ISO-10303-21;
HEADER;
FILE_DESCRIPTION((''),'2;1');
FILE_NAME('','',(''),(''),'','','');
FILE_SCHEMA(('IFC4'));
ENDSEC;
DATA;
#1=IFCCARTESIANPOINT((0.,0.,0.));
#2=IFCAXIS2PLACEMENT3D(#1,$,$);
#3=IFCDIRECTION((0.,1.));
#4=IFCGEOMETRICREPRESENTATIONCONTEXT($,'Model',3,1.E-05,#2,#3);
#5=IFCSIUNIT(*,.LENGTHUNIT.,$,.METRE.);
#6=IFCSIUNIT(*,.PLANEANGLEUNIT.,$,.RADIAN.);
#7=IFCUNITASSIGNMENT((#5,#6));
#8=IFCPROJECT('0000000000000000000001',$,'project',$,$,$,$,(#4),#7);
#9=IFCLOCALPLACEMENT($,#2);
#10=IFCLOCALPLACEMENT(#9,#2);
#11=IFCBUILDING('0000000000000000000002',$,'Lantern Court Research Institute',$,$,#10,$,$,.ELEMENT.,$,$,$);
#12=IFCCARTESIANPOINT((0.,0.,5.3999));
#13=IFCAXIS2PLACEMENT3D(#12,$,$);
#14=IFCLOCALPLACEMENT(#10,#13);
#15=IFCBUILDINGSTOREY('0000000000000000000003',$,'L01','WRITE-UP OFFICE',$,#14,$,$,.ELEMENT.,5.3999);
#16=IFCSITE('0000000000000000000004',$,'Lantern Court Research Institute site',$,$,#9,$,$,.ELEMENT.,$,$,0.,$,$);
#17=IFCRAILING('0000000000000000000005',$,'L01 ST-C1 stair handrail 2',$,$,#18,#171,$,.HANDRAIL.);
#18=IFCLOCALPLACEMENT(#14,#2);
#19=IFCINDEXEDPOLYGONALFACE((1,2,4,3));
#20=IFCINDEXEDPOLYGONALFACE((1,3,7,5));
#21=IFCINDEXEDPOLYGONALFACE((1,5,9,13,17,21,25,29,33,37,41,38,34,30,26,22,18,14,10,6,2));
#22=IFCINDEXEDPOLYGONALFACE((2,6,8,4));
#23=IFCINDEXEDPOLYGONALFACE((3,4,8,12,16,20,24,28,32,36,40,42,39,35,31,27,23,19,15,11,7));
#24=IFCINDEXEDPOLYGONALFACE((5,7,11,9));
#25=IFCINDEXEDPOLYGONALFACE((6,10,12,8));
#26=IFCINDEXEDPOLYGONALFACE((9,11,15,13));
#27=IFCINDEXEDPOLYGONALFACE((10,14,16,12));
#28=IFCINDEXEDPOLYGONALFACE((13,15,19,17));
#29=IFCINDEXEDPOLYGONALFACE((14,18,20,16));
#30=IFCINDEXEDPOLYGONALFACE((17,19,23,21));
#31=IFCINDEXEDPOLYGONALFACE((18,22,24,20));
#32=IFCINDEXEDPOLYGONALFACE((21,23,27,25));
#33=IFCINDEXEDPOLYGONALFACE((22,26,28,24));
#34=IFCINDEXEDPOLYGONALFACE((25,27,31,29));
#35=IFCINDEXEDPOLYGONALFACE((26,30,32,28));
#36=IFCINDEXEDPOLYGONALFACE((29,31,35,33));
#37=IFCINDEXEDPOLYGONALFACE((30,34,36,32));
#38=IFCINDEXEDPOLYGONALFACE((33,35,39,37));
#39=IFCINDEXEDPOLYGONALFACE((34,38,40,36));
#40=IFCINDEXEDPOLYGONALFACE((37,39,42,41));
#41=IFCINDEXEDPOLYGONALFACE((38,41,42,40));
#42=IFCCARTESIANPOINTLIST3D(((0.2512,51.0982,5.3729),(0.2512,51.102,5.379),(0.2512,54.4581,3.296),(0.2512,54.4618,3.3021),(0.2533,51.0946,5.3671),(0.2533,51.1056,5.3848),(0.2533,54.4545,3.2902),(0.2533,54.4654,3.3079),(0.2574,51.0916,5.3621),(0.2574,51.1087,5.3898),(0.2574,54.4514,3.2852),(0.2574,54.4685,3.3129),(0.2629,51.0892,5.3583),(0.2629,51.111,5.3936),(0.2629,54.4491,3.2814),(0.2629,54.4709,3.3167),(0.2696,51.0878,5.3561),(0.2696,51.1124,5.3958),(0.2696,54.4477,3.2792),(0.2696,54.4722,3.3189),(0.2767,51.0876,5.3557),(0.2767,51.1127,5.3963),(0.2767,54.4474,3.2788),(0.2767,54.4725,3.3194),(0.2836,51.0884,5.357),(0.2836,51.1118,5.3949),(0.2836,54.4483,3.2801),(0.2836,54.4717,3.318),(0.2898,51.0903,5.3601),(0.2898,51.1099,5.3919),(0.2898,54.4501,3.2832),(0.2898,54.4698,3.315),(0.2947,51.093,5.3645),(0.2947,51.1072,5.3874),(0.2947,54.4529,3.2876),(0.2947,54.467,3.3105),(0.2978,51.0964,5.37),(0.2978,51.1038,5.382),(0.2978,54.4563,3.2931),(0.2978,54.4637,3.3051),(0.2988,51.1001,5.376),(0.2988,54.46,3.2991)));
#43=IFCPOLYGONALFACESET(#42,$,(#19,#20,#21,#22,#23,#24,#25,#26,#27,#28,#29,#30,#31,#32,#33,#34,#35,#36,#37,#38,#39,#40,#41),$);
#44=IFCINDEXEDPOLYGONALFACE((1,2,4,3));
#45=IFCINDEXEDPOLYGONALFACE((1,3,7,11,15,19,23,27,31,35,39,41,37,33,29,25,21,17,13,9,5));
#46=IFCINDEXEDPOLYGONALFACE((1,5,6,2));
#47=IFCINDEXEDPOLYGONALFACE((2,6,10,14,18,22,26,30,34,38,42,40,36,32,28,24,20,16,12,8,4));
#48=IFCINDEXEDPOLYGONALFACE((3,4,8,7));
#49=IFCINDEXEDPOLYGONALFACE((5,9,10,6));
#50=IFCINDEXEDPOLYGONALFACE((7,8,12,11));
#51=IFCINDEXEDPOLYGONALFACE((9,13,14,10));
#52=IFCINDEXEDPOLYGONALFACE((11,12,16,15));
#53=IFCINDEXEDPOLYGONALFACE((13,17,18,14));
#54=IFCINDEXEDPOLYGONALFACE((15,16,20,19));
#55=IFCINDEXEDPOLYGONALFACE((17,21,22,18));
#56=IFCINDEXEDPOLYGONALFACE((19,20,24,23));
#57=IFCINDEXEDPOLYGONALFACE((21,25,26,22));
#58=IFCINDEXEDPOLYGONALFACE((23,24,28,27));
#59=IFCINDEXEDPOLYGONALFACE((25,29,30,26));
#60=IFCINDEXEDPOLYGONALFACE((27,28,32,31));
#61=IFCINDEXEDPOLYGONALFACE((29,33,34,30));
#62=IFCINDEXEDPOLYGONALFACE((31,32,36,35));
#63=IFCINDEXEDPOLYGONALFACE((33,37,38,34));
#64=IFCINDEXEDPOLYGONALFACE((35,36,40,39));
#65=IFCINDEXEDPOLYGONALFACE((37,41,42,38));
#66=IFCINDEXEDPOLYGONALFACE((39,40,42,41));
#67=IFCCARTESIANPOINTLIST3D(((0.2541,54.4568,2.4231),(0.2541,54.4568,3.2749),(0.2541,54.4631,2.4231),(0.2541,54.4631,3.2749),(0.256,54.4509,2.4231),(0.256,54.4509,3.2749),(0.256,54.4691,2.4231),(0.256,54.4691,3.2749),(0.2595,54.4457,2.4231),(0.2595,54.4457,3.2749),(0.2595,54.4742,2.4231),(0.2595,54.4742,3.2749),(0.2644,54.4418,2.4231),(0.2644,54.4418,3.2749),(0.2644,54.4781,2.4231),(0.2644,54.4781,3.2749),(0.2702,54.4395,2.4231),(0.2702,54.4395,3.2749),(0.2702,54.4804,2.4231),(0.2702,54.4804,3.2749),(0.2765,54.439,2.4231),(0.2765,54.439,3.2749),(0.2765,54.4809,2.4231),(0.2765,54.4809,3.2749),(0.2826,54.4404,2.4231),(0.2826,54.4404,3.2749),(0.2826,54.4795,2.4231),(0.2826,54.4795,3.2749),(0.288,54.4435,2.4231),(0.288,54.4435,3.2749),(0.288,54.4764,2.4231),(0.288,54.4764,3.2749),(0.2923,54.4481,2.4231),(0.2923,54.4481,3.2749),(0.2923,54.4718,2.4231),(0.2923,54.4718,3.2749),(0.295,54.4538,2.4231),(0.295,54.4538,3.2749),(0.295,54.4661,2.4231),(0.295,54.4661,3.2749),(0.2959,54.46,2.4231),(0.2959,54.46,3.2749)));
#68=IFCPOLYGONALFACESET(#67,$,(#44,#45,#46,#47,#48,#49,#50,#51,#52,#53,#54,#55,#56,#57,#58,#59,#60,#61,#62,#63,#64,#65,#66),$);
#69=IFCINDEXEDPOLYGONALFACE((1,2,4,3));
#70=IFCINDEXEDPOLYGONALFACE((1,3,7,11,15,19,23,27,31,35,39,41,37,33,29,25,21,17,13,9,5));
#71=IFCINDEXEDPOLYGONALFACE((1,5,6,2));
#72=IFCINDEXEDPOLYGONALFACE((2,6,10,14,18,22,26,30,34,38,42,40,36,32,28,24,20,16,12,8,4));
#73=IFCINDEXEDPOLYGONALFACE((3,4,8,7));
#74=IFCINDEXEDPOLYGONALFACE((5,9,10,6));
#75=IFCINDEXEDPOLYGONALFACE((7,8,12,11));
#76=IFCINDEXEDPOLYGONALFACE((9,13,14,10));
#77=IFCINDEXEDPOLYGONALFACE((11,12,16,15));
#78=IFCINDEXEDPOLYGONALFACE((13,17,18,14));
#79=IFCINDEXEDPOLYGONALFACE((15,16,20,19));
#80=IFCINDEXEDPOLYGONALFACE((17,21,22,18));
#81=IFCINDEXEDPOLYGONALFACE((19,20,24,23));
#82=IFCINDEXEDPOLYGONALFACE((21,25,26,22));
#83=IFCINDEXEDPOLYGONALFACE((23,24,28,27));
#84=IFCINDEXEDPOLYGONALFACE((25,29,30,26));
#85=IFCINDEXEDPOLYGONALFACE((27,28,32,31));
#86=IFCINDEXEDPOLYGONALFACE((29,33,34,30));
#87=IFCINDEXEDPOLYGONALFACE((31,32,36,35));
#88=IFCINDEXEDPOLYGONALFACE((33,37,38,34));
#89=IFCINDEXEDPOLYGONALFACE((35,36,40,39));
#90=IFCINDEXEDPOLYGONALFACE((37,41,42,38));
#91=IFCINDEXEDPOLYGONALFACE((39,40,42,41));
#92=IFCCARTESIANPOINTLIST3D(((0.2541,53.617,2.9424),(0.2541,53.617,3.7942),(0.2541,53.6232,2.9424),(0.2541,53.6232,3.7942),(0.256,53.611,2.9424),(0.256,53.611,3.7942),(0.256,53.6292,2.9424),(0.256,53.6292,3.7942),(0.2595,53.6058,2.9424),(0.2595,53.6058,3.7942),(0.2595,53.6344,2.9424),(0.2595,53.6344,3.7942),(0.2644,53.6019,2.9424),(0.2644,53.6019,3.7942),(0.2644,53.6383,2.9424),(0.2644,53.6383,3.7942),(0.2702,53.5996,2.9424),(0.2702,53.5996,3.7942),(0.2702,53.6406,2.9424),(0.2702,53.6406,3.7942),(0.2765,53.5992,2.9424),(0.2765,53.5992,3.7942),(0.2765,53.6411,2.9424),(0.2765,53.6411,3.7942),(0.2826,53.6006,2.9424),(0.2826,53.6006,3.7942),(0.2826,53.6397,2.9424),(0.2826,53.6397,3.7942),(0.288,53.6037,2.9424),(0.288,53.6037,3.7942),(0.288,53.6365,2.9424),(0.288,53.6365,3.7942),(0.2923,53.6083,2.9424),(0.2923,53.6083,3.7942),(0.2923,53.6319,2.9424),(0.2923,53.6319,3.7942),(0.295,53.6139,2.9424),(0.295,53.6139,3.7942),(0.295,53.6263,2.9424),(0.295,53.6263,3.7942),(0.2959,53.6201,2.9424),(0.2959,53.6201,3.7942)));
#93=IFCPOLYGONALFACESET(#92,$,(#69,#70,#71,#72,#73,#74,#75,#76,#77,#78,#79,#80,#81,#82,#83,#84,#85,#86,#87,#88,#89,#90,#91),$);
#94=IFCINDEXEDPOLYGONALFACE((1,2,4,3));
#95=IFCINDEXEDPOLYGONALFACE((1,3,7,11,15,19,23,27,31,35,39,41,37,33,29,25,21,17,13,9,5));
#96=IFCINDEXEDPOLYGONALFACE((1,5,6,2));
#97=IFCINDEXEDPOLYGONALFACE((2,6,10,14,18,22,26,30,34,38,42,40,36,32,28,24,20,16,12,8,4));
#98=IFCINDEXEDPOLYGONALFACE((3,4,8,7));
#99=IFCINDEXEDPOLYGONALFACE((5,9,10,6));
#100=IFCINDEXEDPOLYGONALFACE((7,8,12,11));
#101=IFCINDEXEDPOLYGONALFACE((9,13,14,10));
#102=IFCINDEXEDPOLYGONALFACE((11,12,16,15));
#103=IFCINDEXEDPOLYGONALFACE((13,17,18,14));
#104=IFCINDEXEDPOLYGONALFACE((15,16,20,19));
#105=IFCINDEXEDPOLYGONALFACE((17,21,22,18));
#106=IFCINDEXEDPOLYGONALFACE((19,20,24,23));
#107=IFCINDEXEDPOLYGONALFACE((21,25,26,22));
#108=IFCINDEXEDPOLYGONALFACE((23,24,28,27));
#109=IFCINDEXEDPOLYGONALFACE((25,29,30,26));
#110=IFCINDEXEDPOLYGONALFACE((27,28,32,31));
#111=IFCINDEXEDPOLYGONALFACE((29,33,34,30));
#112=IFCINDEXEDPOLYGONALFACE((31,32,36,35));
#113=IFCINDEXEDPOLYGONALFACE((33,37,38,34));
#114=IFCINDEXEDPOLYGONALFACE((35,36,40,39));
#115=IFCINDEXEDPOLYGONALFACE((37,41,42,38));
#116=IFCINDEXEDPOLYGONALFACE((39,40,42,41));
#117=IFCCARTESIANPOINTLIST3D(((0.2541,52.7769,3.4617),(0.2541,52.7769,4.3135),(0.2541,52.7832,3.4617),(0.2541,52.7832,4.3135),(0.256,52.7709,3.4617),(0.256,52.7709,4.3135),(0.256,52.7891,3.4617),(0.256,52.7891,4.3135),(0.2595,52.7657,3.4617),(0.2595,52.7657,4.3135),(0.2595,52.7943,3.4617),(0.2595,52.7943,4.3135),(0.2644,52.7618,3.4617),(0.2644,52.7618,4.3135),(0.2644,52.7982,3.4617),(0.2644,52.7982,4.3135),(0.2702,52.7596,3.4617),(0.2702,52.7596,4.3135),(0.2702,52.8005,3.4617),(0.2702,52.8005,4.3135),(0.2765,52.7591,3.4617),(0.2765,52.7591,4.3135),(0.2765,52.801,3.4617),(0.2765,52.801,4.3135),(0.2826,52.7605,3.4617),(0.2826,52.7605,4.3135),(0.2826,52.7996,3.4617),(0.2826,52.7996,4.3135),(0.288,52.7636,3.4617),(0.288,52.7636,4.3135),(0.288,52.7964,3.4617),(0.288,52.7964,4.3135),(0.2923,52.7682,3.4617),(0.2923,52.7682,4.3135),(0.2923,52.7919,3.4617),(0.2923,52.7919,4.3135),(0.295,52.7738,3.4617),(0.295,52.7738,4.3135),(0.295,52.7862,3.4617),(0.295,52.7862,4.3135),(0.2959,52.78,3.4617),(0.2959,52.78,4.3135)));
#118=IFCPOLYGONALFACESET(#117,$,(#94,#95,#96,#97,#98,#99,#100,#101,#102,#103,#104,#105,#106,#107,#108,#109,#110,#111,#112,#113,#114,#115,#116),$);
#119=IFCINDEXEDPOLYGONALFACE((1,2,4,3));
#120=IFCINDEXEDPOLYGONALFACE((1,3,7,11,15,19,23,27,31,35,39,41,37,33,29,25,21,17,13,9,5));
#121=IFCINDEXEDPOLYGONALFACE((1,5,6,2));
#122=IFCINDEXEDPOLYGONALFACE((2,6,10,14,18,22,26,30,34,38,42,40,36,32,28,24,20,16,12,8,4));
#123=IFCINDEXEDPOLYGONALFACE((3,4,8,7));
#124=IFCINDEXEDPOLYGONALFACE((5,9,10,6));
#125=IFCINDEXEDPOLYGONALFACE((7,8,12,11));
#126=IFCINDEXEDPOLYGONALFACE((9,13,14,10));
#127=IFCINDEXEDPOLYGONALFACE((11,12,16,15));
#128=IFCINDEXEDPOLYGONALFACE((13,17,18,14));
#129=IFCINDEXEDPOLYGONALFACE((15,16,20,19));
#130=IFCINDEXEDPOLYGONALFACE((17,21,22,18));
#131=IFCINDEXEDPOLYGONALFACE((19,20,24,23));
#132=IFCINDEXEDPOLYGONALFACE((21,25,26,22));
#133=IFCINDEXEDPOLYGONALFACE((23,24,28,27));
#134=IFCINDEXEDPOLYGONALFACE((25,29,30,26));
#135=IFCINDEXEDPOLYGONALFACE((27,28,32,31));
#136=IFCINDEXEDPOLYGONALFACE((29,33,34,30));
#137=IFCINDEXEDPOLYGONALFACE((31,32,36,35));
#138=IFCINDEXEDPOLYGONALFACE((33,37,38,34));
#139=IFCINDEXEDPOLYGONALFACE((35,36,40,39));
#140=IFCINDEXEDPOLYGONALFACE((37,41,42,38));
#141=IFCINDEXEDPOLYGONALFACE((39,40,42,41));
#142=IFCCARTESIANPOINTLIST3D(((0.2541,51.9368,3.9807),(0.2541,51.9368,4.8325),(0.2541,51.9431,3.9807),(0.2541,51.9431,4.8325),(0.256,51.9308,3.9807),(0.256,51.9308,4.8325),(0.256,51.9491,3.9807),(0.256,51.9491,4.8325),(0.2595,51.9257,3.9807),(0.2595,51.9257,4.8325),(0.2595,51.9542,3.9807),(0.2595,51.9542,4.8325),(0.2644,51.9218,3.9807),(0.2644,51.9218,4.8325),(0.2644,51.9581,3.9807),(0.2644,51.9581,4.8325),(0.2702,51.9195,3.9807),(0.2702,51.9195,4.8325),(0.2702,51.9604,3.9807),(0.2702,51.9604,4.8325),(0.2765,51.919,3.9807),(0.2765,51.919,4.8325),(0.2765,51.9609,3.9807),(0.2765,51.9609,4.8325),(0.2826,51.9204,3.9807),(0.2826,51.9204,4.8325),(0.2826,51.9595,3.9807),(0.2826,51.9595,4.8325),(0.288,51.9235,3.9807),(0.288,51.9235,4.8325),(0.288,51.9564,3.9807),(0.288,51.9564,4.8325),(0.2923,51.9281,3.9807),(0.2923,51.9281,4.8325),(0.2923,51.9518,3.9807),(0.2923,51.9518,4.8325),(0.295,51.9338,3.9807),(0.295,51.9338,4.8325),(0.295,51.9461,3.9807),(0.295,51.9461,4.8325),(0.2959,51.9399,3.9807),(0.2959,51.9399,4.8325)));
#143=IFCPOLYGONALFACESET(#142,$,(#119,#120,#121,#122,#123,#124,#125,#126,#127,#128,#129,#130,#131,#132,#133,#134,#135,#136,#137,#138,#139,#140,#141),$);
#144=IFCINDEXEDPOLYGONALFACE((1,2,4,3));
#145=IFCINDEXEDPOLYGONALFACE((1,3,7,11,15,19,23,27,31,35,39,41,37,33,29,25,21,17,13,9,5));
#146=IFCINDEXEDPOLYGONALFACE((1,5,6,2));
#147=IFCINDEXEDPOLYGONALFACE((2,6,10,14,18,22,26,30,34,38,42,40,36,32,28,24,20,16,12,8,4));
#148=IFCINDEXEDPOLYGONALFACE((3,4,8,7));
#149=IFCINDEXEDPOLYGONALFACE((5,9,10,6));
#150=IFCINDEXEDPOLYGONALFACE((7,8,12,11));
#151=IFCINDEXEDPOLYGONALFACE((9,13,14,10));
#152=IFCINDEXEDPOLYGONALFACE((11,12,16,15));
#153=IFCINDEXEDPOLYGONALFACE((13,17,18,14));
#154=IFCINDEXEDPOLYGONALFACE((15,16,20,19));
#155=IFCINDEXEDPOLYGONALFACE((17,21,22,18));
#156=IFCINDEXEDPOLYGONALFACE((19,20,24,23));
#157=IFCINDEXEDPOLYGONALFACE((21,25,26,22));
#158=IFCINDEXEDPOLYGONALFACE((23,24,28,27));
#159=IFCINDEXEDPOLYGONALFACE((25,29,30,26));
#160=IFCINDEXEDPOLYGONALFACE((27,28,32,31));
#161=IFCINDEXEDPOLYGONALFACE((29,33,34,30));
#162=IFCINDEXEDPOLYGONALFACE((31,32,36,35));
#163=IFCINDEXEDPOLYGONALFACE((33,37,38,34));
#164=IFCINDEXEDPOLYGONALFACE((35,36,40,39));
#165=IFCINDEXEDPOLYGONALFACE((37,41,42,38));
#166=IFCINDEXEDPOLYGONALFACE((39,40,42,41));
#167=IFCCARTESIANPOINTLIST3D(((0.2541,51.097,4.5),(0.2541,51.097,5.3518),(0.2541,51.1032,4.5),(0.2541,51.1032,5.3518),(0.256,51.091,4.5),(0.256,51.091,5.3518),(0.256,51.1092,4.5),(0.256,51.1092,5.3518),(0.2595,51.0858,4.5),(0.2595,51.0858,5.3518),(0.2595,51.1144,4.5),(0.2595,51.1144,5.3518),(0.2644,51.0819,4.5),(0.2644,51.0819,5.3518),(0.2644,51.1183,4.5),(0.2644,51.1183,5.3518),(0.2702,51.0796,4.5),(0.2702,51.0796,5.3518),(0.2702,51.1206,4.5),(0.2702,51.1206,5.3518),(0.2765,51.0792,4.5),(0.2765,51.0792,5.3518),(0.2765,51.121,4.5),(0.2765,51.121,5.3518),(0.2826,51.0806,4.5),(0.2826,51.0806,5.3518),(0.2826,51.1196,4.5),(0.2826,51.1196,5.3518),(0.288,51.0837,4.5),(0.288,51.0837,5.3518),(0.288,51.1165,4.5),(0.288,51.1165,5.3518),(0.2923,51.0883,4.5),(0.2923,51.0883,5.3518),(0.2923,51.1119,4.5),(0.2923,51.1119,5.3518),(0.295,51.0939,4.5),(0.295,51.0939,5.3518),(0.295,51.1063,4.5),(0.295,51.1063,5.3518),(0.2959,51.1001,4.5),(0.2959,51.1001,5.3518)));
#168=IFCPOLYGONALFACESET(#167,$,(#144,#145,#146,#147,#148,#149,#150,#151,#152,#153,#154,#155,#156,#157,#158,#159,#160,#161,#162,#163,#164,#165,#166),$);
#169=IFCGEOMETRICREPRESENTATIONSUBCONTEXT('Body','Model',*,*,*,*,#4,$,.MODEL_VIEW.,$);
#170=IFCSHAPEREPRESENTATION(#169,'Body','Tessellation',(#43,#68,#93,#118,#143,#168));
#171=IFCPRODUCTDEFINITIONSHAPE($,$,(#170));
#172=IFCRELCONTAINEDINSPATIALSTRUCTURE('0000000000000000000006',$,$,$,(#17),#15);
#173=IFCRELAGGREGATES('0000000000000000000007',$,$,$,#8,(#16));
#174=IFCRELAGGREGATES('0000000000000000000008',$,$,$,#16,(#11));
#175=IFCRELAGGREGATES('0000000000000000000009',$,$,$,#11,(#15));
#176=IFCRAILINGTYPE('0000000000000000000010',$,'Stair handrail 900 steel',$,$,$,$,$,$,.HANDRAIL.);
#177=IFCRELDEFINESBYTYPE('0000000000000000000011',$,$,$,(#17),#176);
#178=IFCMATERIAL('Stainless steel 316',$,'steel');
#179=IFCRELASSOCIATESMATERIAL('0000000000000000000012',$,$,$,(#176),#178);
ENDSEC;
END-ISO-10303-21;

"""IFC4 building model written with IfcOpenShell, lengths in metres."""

from ifc_helpers import new_model, si_unit, direction, frame, origin, origin_2d, place, context, subcontext, project, spatial, circle, extrude, material, type_object, element, save


model = new_model("IFC4")

# Units and contexts
model_context = context("Model", 3, precision=1e-05, world=origin(), true_north=direction((0.0, 1.0)))
body_context = subcontext(model_context, "Body", "Model", "MODEL_VIEW")
ifc_project = project(units=[si_unit("LENGTHUNIT", "METRE"), si_unit("PLANEANGLEUNIT", "RADIAN")], contexts=[model_context])

# Site, building, storey
site_placement = place(None, origin())
site = spatial("IfcSite", under=ifc_project, at=site_placement, Name="Lantern Court Research Institute site", CompositionType="ELEMENT", RefElevation=0.0)
building_placement = place(site_placement, origin())
building = spatial("IfcBuilding", under=site, at=building_placement, Name="Lantern Court Research Institute", CompositionType="ELEMENT")
storey_placement = place(building_placement, frame((0.0, 0.0, 5.3999)))
storey = spatial("IfcBuildingStorey", under=building, at=storey_placement, Name="L01", Description="WRITE-UP OFFICE", CompositionType="ELEMENT", Elevation=5.3999)

# Railing
ifc_material_1 = material(Name="Stainless steel 316", Category="steel")
railing_type_1 = type_object("IfcRailingType", Name="Stair handrail 900 steel", PredefinedType="HANDRAIL", material=ifc_material_1)
railing_1_placement = place(storey_placement, frame((0.2749, 54.46, 2.4231)))
element("IfcRailing", 1, at=railing_1_placement, inside=storey, type_object=railing_type_1, Name="L01 ST-C1 stair handrail 2", PredefinedType="HANDRAIL", context=body_context, shape_type="SweptSolid", body=[
    extrude(circle(Radius=0.0239, at=origin_2d()), frame((0.0, 0.0, 0.876), z_axis=(0.0, -0.850606, 0.525803), x_axis=(1.0, 0.0, 0.0)), (0.0, 0.0, 1.0), 3.95),
    extrude(circle(Radius=0.021, at=origin_2d()), origin(), (0.0, 0.0, 1.0), 0.8518),
    extrude(circle(Radius=0.021, at=origin_2d()), frame((0.0, -0.8398, 0.5193)), (0.0, 0.0, 1.0), 0.8518),
    extrude(circle(Radius=0.021, at=origin_2d()), frame((0.0, -1.6799, 1.0386)), (0.0, 0.0, 1.0), 0.8518),
    extrude(circle(Radius=0.021, at=origin_2d()), frame((0.0, -2.52, 1.5576)), (0.0, 0.0, 1.0), 0.8518),
    extrude(circle(Radius=0.021, at=origin_2d()), frame((0.0, -3.3599, 2.0769)), (0.0, 0.0, 1.0), 0.8518),
])

save(model, "model.ifc")
